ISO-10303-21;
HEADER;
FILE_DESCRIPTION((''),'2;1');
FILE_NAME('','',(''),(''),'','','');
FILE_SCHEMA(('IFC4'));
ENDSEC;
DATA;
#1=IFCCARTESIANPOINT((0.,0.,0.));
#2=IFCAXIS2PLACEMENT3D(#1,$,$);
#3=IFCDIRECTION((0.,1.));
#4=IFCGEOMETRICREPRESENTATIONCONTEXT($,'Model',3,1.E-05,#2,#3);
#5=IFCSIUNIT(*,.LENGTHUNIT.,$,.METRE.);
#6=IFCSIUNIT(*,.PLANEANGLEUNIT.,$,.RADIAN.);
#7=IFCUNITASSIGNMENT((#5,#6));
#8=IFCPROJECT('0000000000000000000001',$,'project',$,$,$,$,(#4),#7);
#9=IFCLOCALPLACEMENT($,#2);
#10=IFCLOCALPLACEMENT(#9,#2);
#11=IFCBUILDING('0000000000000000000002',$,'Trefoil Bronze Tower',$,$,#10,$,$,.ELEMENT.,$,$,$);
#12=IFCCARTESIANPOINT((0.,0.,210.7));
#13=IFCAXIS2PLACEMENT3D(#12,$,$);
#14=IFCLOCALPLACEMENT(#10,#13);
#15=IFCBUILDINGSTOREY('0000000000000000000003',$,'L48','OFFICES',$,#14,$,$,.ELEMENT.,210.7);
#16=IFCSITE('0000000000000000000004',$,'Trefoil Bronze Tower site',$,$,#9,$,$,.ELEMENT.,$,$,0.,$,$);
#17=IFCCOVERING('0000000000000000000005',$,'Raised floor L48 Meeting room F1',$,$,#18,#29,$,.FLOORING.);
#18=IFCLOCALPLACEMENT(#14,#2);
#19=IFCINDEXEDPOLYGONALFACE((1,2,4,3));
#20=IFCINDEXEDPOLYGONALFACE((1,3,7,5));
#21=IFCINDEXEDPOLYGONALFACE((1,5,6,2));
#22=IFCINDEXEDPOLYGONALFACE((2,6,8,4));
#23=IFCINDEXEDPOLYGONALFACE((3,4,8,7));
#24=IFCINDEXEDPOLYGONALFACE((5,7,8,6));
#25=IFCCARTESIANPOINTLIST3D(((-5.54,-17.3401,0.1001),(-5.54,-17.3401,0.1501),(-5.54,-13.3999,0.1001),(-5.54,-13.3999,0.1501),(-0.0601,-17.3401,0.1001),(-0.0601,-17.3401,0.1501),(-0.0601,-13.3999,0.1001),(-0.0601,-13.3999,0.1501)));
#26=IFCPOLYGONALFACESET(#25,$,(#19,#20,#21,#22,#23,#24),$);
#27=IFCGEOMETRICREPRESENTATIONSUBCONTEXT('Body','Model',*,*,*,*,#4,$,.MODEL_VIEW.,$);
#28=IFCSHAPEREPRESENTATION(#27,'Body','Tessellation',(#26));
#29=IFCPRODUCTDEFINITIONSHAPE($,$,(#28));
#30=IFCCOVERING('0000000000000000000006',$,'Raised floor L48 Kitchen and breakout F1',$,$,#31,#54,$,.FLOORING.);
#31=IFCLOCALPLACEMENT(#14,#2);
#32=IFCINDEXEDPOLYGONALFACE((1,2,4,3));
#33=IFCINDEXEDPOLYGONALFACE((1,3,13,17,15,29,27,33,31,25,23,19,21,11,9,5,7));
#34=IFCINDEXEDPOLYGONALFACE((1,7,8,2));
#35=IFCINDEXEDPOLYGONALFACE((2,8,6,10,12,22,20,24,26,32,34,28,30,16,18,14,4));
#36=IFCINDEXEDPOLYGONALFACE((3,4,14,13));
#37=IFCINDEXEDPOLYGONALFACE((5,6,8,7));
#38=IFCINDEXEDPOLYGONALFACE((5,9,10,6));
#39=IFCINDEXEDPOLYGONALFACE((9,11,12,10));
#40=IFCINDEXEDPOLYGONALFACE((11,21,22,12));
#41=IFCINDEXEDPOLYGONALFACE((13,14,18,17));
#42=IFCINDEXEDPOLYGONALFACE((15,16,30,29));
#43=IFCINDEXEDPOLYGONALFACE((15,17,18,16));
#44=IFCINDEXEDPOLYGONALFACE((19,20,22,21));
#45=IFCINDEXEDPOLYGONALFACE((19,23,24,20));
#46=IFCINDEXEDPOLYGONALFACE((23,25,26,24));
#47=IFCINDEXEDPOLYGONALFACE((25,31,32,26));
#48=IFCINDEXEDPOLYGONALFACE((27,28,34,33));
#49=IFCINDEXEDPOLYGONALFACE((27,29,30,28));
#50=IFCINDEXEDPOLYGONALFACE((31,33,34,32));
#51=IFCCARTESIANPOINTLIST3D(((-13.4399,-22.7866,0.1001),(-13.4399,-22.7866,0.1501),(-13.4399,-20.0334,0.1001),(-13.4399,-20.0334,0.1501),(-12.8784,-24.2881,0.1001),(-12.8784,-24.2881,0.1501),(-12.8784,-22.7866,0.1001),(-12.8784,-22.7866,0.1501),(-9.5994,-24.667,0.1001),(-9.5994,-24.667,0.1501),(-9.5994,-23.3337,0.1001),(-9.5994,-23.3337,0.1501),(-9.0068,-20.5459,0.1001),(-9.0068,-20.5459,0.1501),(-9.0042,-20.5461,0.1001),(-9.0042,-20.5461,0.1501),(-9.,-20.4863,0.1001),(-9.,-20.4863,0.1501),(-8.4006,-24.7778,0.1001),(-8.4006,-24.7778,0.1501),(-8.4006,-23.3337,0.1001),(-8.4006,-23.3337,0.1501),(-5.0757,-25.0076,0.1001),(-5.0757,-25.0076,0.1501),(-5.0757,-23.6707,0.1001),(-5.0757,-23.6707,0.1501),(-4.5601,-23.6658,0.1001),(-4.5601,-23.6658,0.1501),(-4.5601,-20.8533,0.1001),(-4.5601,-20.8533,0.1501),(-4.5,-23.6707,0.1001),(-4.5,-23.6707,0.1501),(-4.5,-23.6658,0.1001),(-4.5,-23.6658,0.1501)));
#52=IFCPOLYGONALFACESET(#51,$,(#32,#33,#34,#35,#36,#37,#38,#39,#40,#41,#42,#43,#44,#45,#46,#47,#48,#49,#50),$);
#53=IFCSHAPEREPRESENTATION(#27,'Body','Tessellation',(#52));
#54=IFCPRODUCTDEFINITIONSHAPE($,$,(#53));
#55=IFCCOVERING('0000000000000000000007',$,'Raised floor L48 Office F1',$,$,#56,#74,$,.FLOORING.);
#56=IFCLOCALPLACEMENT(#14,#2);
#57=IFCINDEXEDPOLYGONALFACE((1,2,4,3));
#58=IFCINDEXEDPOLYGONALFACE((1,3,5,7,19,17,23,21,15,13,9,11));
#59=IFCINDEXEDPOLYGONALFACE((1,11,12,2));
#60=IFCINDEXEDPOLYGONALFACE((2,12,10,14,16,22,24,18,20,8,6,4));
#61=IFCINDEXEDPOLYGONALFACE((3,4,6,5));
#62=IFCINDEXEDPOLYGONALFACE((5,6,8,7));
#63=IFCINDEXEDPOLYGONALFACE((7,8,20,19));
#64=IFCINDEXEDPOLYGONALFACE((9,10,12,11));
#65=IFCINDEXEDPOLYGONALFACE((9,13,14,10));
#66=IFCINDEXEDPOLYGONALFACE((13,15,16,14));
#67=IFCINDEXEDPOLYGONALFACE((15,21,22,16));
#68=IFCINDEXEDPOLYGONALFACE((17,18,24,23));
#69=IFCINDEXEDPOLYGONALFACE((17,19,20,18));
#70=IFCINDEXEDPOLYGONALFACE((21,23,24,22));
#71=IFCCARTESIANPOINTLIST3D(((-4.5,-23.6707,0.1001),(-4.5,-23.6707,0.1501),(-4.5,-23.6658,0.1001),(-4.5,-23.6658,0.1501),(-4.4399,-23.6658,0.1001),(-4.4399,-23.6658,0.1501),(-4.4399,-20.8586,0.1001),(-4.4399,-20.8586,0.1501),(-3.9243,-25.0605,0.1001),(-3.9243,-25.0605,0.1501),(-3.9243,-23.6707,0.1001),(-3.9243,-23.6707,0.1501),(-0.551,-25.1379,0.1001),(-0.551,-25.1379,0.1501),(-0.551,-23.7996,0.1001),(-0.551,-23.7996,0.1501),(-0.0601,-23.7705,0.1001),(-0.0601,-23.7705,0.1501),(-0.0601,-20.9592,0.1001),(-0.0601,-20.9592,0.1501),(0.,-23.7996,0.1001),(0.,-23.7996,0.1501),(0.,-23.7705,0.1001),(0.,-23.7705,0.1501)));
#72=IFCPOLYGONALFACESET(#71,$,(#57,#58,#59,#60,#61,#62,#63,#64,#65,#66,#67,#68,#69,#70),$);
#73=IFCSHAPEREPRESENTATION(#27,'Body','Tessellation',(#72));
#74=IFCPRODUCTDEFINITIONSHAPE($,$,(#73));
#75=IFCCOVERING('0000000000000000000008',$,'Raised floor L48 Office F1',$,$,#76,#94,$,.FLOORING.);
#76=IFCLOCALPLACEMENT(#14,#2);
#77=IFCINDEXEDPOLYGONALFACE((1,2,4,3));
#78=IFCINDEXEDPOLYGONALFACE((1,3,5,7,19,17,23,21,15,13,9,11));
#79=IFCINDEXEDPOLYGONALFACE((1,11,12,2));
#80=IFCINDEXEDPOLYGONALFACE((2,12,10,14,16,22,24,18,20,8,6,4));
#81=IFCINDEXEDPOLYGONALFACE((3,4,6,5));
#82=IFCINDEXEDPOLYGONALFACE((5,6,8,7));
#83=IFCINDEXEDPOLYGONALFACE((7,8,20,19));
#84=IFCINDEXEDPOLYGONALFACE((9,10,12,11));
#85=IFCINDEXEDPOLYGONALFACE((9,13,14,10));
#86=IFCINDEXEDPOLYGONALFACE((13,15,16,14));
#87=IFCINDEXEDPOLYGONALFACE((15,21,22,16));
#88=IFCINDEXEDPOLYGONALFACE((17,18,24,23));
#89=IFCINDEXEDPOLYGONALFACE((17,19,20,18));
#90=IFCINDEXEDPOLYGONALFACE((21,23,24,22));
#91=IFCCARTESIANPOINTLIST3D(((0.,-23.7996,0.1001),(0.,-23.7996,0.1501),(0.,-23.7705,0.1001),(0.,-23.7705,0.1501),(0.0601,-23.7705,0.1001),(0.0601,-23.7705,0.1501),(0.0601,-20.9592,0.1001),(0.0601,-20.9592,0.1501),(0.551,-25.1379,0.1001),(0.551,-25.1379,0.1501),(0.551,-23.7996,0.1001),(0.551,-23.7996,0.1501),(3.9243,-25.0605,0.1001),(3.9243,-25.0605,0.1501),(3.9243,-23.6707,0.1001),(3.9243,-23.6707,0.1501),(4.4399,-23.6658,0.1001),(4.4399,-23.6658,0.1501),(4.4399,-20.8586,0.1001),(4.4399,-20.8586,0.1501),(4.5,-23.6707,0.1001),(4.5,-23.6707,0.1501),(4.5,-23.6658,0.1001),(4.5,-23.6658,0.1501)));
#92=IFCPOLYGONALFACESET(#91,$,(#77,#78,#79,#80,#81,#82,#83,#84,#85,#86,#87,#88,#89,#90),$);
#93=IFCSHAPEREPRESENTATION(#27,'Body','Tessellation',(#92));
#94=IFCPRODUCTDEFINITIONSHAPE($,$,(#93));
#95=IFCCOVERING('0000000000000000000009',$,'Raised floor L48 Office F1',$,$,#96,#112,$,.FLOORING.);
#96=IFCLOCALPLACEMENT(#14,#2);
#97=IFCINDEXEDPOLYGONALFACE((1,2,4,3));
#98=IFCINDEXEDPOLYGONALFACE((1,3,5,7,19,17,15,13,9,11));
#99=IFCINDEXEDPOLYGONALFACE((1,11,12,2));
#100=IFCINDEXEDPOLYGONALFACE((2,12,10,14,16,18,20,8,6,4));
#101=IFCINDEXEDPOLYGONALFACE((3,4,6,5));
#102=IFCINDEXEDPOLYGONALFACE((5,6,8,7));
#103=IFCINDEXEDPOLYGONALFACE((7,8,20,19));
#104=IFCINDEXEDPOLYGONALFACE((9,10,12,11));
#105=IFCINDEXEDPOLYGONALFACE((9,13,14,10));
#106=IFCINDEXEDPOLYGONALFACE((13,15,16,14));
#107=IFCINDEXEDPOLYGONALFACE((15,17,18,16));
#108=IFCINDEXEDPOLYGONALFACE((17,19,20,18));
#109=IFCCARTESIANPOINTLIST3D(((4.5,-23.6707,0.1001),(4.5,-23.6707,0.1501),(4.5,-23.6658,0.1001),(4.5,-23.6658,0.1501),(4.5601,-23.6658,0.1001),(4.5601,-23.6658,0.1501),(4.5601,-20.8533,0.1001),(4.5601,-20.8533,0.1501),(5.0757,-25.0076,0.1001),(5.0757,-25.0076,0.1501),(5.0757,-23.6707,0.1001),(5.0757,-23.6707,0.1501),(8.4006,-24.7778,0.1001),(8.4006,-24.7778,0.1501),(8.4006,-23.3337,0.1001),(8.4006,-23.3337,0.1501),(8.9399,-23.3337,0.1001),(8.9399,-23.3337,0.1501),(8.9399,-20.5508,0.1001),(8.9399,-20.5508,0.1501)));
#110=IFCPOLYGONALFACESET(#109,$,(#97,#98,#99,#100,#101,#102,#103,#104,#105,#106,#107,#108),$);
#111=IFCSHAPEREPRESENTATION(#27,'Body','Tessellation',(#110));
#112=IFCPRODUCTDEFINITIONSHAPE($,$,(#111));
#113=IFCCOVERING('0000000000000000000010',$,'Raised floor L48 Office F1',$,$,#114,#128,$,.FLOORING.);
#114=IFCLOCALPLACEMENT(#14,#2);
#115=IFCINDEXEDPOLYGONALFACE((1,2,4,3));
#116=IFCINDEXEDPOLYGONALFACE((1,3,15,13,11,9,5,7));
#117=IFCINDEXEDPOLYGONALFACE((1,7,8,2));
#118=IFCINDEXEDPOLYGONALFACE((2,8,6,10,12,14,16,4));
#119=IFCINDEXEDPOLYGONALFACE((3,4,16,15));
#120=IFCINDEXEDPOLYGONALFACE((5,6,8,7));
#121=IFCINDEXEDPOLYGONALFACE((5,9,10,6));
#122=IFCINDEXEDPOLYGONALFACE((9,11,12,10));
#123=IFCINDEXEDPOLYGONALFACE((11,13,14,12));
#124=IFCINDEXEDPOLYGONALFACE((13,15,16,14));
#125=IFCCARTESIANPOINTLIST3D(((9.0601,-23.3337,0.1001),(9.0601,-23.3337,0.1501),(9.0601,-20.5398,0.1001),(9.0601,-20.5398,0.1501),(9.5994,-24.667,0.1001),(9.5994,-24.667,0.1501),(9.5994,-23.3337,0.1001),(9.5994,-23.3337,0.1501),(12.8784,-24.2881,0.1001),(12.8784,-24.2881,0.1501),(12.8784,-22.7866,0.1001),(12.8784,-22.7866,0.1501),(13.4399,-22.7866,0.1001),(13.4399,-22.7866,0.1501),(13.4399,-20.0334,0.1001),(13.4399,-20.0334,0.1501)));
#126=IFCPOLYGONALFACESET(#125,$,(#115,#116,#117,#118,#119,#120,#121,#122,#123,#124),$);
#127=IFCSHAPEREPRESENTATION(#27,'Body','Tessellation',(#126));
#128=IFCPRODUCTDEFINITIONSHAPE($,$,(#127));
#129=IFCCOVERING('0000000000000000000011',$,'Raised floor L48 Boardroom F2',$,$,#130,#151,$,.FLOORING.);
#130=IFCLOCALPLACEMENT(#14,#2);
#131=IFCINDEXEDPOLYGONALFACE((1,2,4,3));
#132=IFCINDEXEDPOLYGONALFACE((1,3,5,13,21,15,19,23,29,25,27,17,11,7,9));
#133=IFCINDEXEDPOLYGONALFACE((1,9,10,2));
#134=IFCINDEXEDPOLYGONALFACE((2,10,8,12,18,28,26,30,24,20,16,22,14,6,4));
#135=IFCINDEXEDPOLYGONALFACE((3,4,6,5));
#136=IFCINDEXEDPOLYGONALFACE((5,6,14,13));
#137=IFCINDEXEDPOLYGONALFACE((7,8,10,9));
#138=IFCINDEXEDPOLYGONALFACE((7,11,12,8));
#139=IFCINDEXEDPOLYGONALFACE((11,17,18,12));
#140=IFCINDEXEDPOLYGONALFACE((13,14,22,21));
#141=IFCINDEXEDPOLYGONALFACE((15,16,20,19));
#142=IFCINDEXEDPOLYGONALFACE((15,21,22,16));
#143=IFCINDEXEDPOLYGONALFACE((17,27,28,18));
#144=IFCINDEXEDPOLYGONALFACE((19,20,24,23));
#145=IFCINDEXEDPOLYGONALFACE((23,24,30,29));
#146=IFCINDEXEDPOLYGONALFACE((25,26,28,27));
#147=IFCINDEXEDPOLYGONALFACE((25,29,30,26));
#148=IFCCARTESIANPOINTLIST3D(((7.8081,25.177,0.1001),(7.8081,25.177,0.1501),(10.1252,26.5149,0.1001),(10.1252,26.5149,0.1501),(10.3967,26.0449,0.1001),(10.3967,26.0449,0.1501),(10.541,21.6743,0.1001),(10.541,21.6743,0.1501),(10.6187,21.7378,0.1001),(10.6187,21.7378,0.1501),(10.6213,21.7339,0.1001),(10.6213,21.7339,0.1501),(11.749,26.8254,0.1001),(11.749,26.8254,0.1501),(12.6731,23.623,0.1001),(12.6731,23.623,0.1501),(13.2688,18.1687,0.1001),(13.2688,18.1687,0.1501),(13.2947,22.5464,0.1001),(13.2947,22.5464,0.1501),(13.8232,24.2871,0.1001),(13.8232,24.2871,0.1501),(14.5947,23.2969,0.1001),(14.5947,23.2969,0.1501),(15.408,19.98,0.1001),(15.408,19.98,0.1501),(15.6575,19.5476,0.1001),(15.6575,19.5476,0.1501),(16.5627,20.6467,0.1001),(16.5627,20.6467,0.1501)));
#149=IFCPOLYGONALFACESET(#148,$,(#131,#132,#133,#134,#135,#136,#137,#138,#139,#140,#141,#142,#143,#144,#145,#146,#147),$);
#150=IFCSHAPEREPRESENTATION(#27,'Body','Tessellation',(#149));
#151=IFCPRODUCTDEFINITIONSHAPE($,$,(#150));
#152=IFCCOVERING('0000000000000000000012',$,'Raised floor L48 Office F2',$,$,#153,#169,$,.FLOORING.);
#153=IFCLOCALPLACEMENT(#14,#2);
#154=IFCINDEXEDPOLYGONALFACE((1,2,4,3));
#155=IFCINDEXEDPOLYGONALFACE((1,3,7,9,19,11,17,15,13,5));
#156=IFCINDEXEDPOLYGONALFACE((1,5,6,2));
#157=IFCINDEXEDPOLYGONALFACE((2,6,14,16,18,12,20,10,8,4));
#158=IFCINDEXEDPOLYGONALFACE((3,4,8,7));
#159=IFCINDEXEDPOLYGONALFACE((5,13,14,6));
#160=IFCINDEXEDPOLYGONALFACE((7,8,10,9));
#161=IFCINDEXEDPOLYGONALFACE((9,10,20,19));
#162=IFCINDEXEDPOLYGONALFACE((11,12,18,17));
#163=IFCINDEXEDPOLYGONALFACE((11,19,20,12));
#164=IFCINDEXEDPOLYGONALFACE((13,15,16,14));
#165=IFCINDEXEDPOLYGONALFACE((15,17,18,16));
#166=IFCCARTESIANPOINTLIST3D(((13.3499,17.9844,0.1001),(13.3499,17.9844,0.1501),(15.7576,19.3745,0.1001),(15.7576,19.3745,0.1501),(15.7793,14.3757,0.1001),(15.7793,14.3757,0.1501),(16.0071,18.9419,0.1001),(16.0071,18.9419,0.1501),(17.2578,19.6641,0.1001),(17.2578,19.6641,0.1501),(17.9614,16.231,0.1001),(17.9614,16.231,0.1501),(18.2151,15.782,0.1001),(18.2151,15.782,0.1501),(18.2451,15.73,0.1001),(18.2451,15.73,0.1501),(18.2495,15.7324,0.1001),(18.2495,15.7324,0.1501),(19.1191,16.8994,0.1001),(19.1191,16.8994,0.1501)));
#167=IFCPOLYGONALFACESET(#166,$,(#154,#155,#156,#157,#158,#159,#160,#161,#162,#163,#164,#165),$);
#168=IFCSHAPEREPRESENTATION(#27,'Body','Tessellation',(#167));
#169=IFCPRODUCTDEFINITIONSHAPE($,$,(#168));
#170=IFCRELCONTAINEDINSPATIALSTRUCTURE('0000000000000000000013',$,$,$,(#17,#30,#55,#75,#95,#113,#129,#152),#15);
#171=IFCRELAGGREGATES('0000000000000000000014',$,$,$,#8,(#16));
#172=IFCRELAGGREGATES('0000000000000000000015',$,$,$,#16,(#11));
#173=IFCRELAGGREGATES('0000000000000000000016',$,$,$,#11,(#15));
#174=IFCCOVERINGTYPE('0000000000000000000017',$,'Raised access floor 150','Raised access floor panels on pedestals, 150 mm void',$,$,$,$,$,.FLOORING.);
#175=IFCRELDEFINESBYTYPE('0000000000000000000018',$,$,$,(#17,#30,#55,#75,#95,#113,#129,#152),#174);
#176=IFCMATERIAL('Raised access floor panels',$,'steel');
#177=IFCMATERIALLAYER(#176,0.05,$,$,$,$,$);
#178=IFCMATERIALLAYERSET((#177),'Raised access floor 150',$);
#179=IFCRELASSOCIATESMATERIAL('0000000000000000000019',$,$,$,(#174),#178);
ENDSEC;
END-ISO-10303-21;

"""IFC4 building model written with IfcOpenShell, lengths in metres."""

from ifc_helpers import new_model, si_unit, direction, frame, origin, place, context, subcontext, project, spatial, polyline, outline, extrude, material, layer, layer_set, type_object, element, save


model = new_model("IFC4")

# Units and contexts
model_context = context("Model", 3, precision=1e-05, world=origin(), true_north=direction((0.0, 1.0)))
body_context = subcontext(model_context, "Body", "Model", "MODEL_VIEW")
ifc_project = project(units=[si_unit("LENGTHUNIT", "METRE"), si_unit("PLANEANGLEUNIT", "RADIAN")], contexts=[model_context])

# Site, building, storey
site_placement = place(None, origin())
site = spatial("IfcSite", under=ifc_project, at=site_placement, Name="Trefoil Bronze Tower site", CompositionType="ELEMENT", RefElevation=0.0)
building_placement = place(site_placement, origin())
building = spatial("IfcBuilding", under=site, at=building_placement, Name="Trefoil Bronze Tower", CompositionType="ELEMENT")
storey_placement = place(building_placement, frame((0.0, 0.0, 210.7)))
storey = spatial("IfcBuildingStorey", under=building, at=storey_placement, Name="L48", Description="OFFICES", CompositionType="ELEMENT", Elevation=210.7)

# Coverings
ifc_material_1 = material(Name="Raised access floor panels", Category="steel")
ifc_layer_1 = layer(ifc_material_1, 0.05)
ifc_layer_set_1 = layer_set([ifc_layer_1], Name="Raised access floor 150")
covering_type_1 = type_object("IfcCoveringType", Name="Raised access floor 150", Description="Raised access floor panels on pedestals, 150 mm void", PredefinedType="FLOORING", material=ifc_layer_set_1)
covering_1_placement = place(storey_placement, frame((0.0, 0.0, 0.1001)))
element("IfcCovering", 1, at=covering_1_placement, inside=storey, type_object=covering_type_1, Name="Raised floor L48 Meeting room F1", PredefinedType="FLOORING", context=body_context, shape_type="SweptSolid", body=[
    extrude(outline(polyline([(-0.0601, -13.3999), (-0.0601, -17.3401), (-5.54, -17.3401), (-5.54, -13.3999), (-0.0601, -13.3999)])), origin(), (0.0, 0.0, 1.0), 0.05),
])
covering_2_placement = place(storey_placement, frame((0.0, 0.0, 0.1001)))
element("IfcCovering", 2, at=covering_2_placement, inside=storey, type_object=covering_type_1, Name="Raised floor L48 Kitchen and breakout F1", PredefinedType="FLOORING", context=body_context, shape_type="SweptSolid", body=[
    extrude(outline(polyline([(-8.4006, -24.7778), (-8.4006, -23.3337), (-9.5994, -23.3337), (-9.5994, -24.667), (-12.8784, -24.2881), (-12.8784, -22.7866), (-13.4399, -22.7866), (-13.4399, -20.0334), (-9.0068, -20.5459), (-9.0, -20.4863), (-9.0042, -20.5461), (-4.5601, -20.8533), (-4.5601, -23.6658), (-4.5, -23.6658), (-4.5, -23.6707), (-5.0757, -23.6707), (-5.0757, -25.0076), (-8.4006, -24.7778)])), origin(), (0.0, 0.0, 1.0), 0.05),
])
covering_3_placement = place(storey_placement, frame((0.0, 0.0, 0.1001)))
element("IfcCovering", 3, at=covering_3_placement, inside=storey, type_object=covering_type_1, Name="Raised floor L48 Office F1", PredefinedType="FLOORING", context=body_context, shape_type="SweptSolid", body=[
    extrude(outline(polyline([(-4.5, -23.6658), (-4.4399, -23.6658), (-4.4399, -20.8586), (-0.0601, -20.9592), (-0.0601, -23.7705), (0.0, -23.7705), (0.0, -23.7996), (-0.551, -23.7996), (-0.551, -25.1379), (-3.9243, -25.0605), (-3.9243, -23.6707), (-4.5, -23.6707), (-4.5, -23.6658)])), origin(), (0.0, 0.0, 1.0), 0.05),
])
covering_4_placement = place(storey_placement, frame((0.0, 0.0, 0.1001)))
element("IfcCovering", 4, at=covering_4_placement, inside=storey, type_object=covering_type_1, Name="Raised floor L48 Office F1", PredefinedType="FLOORING", context=body_context, shape_type="SweptSolid", body=[
    extrude(outline(polyline([(0.0, -23.7705), (0.0601, -23.7705), (0.0601, -20.9592), (4.4399, -20.8586), (4.4399, -23.6658), (4.5, -23.6658), (4.5, -23.6707), (3.9243, -23.6707), (3.9243, -25.0605), (0.551, -25.1379), (0.551, -23.7996), (0.0, -23.7996), (0.0, -23.7705)])), origin(), (0.0, 0.0, 1.0), 0.05),
])
covering_5_placement = place(storey_placement, frame((0.0, 0.0, 0.1001)))
element("IfcCovering", 5, at=covering_5_placement, inside=storey, type_object=covering_type_1, Name="Raised floor L48 Office F1", PredefinedType="FLOORING", context=body_context, shape_type="SweptSolid", body=[
    extrude(outline(polyline([(4.5, -23.6658), (4.5601, -23.6658), (4.5601, -20.8533), (8.9399, -20.5508), (8.9399, -23.3337), (8.4006, -23.3337), (8.4006, -24.7778), (5.0757, -25.0076), (5.0757, -23.6707), (4.5, -23.6707), (4.5, -23.6658)])), origin(), (0.0, 0.0, 1.0), 0.05),
])
covering_6_placement = place(storey_placement, frame((0.0, 0.0, 0.1001)))
element("IfcCovering", 6, at=covering_6_placement, inside=storey, type_object=covering_type_1, Name="Raised floor L48 Office F1", PredefinedType="FLOORING", context=body_context, shape_type="SweptSolid", body=[
    extrude(outline(polyline([(9.0601, -20.5398), (13.4399, -20.0334), (13.4399, -22.7866), (12.8784, -22.7866), (12.8784, -24.2881), (9.5994, -24.667), (9.5994, -23.3337), (9.0601, -23.3337), (9.0601, -20.5398)])), origin(), (0.0, 0.0, 1.0), 0.05),
])
covering_7_placement = place(storey_placement, frame((0.0, 0.0, 0.1001)))
element("IfcCovering", 7, at=covering_7_placement, inside=storey, type_object=covering_type_1, Name="Raised floor L48 Boardroom F2", PredefinedType="FLOORING", context=body_context, shape_type="SweptSolid", body=[
    extrude(outline(polyline([(16.5627, 20.6467), (15.408, 19.98), (15.6575, 19.5476), (13.2688, 18.1687), (10.6213, 21.7339), (10.541, 21.6743), (10.6187, 21.7378), (7.8081, 25.177), (10.1252, 26.5149), (10.3967, 26.0449), (11.749, 26.8254), (13.8232, 24.2871), (12.6731, 23.623), (13.2947, 22.5464), (14.5947, 23.2969), (16.5627, 20.6467)])), origin(), (0.0, 0.0, 1.0), 0.05),
])
covering_8_placement = place(storey_placement, frame((0.0, 0.0, 0.1001)))
element("IfcCovering", 8, at=covering_8_placement, inside=storey, type_object=covering_type_1, Name="Raised floor L48 Office F2", PredefinedType="FLOORING", context=body_context, shape_type="SweptSolid", body=[
    extrude(outline(polyline([(19.1191, 16.8994), (17.9614, 16.231), (18.2495, 15.7324), (18.2451, 15.73), (18.2151, 15.782), (15.7793, 14.3757), (13.3499, 17.9844), (15.7576, 19.3745), (16.0071, 18.9419), (17.2578, 19.6641), (19.1191, 16.8994)])), origin(), (0.0, 0.0, 1.0), 0.05),
])

save(model, "model.ifc")
